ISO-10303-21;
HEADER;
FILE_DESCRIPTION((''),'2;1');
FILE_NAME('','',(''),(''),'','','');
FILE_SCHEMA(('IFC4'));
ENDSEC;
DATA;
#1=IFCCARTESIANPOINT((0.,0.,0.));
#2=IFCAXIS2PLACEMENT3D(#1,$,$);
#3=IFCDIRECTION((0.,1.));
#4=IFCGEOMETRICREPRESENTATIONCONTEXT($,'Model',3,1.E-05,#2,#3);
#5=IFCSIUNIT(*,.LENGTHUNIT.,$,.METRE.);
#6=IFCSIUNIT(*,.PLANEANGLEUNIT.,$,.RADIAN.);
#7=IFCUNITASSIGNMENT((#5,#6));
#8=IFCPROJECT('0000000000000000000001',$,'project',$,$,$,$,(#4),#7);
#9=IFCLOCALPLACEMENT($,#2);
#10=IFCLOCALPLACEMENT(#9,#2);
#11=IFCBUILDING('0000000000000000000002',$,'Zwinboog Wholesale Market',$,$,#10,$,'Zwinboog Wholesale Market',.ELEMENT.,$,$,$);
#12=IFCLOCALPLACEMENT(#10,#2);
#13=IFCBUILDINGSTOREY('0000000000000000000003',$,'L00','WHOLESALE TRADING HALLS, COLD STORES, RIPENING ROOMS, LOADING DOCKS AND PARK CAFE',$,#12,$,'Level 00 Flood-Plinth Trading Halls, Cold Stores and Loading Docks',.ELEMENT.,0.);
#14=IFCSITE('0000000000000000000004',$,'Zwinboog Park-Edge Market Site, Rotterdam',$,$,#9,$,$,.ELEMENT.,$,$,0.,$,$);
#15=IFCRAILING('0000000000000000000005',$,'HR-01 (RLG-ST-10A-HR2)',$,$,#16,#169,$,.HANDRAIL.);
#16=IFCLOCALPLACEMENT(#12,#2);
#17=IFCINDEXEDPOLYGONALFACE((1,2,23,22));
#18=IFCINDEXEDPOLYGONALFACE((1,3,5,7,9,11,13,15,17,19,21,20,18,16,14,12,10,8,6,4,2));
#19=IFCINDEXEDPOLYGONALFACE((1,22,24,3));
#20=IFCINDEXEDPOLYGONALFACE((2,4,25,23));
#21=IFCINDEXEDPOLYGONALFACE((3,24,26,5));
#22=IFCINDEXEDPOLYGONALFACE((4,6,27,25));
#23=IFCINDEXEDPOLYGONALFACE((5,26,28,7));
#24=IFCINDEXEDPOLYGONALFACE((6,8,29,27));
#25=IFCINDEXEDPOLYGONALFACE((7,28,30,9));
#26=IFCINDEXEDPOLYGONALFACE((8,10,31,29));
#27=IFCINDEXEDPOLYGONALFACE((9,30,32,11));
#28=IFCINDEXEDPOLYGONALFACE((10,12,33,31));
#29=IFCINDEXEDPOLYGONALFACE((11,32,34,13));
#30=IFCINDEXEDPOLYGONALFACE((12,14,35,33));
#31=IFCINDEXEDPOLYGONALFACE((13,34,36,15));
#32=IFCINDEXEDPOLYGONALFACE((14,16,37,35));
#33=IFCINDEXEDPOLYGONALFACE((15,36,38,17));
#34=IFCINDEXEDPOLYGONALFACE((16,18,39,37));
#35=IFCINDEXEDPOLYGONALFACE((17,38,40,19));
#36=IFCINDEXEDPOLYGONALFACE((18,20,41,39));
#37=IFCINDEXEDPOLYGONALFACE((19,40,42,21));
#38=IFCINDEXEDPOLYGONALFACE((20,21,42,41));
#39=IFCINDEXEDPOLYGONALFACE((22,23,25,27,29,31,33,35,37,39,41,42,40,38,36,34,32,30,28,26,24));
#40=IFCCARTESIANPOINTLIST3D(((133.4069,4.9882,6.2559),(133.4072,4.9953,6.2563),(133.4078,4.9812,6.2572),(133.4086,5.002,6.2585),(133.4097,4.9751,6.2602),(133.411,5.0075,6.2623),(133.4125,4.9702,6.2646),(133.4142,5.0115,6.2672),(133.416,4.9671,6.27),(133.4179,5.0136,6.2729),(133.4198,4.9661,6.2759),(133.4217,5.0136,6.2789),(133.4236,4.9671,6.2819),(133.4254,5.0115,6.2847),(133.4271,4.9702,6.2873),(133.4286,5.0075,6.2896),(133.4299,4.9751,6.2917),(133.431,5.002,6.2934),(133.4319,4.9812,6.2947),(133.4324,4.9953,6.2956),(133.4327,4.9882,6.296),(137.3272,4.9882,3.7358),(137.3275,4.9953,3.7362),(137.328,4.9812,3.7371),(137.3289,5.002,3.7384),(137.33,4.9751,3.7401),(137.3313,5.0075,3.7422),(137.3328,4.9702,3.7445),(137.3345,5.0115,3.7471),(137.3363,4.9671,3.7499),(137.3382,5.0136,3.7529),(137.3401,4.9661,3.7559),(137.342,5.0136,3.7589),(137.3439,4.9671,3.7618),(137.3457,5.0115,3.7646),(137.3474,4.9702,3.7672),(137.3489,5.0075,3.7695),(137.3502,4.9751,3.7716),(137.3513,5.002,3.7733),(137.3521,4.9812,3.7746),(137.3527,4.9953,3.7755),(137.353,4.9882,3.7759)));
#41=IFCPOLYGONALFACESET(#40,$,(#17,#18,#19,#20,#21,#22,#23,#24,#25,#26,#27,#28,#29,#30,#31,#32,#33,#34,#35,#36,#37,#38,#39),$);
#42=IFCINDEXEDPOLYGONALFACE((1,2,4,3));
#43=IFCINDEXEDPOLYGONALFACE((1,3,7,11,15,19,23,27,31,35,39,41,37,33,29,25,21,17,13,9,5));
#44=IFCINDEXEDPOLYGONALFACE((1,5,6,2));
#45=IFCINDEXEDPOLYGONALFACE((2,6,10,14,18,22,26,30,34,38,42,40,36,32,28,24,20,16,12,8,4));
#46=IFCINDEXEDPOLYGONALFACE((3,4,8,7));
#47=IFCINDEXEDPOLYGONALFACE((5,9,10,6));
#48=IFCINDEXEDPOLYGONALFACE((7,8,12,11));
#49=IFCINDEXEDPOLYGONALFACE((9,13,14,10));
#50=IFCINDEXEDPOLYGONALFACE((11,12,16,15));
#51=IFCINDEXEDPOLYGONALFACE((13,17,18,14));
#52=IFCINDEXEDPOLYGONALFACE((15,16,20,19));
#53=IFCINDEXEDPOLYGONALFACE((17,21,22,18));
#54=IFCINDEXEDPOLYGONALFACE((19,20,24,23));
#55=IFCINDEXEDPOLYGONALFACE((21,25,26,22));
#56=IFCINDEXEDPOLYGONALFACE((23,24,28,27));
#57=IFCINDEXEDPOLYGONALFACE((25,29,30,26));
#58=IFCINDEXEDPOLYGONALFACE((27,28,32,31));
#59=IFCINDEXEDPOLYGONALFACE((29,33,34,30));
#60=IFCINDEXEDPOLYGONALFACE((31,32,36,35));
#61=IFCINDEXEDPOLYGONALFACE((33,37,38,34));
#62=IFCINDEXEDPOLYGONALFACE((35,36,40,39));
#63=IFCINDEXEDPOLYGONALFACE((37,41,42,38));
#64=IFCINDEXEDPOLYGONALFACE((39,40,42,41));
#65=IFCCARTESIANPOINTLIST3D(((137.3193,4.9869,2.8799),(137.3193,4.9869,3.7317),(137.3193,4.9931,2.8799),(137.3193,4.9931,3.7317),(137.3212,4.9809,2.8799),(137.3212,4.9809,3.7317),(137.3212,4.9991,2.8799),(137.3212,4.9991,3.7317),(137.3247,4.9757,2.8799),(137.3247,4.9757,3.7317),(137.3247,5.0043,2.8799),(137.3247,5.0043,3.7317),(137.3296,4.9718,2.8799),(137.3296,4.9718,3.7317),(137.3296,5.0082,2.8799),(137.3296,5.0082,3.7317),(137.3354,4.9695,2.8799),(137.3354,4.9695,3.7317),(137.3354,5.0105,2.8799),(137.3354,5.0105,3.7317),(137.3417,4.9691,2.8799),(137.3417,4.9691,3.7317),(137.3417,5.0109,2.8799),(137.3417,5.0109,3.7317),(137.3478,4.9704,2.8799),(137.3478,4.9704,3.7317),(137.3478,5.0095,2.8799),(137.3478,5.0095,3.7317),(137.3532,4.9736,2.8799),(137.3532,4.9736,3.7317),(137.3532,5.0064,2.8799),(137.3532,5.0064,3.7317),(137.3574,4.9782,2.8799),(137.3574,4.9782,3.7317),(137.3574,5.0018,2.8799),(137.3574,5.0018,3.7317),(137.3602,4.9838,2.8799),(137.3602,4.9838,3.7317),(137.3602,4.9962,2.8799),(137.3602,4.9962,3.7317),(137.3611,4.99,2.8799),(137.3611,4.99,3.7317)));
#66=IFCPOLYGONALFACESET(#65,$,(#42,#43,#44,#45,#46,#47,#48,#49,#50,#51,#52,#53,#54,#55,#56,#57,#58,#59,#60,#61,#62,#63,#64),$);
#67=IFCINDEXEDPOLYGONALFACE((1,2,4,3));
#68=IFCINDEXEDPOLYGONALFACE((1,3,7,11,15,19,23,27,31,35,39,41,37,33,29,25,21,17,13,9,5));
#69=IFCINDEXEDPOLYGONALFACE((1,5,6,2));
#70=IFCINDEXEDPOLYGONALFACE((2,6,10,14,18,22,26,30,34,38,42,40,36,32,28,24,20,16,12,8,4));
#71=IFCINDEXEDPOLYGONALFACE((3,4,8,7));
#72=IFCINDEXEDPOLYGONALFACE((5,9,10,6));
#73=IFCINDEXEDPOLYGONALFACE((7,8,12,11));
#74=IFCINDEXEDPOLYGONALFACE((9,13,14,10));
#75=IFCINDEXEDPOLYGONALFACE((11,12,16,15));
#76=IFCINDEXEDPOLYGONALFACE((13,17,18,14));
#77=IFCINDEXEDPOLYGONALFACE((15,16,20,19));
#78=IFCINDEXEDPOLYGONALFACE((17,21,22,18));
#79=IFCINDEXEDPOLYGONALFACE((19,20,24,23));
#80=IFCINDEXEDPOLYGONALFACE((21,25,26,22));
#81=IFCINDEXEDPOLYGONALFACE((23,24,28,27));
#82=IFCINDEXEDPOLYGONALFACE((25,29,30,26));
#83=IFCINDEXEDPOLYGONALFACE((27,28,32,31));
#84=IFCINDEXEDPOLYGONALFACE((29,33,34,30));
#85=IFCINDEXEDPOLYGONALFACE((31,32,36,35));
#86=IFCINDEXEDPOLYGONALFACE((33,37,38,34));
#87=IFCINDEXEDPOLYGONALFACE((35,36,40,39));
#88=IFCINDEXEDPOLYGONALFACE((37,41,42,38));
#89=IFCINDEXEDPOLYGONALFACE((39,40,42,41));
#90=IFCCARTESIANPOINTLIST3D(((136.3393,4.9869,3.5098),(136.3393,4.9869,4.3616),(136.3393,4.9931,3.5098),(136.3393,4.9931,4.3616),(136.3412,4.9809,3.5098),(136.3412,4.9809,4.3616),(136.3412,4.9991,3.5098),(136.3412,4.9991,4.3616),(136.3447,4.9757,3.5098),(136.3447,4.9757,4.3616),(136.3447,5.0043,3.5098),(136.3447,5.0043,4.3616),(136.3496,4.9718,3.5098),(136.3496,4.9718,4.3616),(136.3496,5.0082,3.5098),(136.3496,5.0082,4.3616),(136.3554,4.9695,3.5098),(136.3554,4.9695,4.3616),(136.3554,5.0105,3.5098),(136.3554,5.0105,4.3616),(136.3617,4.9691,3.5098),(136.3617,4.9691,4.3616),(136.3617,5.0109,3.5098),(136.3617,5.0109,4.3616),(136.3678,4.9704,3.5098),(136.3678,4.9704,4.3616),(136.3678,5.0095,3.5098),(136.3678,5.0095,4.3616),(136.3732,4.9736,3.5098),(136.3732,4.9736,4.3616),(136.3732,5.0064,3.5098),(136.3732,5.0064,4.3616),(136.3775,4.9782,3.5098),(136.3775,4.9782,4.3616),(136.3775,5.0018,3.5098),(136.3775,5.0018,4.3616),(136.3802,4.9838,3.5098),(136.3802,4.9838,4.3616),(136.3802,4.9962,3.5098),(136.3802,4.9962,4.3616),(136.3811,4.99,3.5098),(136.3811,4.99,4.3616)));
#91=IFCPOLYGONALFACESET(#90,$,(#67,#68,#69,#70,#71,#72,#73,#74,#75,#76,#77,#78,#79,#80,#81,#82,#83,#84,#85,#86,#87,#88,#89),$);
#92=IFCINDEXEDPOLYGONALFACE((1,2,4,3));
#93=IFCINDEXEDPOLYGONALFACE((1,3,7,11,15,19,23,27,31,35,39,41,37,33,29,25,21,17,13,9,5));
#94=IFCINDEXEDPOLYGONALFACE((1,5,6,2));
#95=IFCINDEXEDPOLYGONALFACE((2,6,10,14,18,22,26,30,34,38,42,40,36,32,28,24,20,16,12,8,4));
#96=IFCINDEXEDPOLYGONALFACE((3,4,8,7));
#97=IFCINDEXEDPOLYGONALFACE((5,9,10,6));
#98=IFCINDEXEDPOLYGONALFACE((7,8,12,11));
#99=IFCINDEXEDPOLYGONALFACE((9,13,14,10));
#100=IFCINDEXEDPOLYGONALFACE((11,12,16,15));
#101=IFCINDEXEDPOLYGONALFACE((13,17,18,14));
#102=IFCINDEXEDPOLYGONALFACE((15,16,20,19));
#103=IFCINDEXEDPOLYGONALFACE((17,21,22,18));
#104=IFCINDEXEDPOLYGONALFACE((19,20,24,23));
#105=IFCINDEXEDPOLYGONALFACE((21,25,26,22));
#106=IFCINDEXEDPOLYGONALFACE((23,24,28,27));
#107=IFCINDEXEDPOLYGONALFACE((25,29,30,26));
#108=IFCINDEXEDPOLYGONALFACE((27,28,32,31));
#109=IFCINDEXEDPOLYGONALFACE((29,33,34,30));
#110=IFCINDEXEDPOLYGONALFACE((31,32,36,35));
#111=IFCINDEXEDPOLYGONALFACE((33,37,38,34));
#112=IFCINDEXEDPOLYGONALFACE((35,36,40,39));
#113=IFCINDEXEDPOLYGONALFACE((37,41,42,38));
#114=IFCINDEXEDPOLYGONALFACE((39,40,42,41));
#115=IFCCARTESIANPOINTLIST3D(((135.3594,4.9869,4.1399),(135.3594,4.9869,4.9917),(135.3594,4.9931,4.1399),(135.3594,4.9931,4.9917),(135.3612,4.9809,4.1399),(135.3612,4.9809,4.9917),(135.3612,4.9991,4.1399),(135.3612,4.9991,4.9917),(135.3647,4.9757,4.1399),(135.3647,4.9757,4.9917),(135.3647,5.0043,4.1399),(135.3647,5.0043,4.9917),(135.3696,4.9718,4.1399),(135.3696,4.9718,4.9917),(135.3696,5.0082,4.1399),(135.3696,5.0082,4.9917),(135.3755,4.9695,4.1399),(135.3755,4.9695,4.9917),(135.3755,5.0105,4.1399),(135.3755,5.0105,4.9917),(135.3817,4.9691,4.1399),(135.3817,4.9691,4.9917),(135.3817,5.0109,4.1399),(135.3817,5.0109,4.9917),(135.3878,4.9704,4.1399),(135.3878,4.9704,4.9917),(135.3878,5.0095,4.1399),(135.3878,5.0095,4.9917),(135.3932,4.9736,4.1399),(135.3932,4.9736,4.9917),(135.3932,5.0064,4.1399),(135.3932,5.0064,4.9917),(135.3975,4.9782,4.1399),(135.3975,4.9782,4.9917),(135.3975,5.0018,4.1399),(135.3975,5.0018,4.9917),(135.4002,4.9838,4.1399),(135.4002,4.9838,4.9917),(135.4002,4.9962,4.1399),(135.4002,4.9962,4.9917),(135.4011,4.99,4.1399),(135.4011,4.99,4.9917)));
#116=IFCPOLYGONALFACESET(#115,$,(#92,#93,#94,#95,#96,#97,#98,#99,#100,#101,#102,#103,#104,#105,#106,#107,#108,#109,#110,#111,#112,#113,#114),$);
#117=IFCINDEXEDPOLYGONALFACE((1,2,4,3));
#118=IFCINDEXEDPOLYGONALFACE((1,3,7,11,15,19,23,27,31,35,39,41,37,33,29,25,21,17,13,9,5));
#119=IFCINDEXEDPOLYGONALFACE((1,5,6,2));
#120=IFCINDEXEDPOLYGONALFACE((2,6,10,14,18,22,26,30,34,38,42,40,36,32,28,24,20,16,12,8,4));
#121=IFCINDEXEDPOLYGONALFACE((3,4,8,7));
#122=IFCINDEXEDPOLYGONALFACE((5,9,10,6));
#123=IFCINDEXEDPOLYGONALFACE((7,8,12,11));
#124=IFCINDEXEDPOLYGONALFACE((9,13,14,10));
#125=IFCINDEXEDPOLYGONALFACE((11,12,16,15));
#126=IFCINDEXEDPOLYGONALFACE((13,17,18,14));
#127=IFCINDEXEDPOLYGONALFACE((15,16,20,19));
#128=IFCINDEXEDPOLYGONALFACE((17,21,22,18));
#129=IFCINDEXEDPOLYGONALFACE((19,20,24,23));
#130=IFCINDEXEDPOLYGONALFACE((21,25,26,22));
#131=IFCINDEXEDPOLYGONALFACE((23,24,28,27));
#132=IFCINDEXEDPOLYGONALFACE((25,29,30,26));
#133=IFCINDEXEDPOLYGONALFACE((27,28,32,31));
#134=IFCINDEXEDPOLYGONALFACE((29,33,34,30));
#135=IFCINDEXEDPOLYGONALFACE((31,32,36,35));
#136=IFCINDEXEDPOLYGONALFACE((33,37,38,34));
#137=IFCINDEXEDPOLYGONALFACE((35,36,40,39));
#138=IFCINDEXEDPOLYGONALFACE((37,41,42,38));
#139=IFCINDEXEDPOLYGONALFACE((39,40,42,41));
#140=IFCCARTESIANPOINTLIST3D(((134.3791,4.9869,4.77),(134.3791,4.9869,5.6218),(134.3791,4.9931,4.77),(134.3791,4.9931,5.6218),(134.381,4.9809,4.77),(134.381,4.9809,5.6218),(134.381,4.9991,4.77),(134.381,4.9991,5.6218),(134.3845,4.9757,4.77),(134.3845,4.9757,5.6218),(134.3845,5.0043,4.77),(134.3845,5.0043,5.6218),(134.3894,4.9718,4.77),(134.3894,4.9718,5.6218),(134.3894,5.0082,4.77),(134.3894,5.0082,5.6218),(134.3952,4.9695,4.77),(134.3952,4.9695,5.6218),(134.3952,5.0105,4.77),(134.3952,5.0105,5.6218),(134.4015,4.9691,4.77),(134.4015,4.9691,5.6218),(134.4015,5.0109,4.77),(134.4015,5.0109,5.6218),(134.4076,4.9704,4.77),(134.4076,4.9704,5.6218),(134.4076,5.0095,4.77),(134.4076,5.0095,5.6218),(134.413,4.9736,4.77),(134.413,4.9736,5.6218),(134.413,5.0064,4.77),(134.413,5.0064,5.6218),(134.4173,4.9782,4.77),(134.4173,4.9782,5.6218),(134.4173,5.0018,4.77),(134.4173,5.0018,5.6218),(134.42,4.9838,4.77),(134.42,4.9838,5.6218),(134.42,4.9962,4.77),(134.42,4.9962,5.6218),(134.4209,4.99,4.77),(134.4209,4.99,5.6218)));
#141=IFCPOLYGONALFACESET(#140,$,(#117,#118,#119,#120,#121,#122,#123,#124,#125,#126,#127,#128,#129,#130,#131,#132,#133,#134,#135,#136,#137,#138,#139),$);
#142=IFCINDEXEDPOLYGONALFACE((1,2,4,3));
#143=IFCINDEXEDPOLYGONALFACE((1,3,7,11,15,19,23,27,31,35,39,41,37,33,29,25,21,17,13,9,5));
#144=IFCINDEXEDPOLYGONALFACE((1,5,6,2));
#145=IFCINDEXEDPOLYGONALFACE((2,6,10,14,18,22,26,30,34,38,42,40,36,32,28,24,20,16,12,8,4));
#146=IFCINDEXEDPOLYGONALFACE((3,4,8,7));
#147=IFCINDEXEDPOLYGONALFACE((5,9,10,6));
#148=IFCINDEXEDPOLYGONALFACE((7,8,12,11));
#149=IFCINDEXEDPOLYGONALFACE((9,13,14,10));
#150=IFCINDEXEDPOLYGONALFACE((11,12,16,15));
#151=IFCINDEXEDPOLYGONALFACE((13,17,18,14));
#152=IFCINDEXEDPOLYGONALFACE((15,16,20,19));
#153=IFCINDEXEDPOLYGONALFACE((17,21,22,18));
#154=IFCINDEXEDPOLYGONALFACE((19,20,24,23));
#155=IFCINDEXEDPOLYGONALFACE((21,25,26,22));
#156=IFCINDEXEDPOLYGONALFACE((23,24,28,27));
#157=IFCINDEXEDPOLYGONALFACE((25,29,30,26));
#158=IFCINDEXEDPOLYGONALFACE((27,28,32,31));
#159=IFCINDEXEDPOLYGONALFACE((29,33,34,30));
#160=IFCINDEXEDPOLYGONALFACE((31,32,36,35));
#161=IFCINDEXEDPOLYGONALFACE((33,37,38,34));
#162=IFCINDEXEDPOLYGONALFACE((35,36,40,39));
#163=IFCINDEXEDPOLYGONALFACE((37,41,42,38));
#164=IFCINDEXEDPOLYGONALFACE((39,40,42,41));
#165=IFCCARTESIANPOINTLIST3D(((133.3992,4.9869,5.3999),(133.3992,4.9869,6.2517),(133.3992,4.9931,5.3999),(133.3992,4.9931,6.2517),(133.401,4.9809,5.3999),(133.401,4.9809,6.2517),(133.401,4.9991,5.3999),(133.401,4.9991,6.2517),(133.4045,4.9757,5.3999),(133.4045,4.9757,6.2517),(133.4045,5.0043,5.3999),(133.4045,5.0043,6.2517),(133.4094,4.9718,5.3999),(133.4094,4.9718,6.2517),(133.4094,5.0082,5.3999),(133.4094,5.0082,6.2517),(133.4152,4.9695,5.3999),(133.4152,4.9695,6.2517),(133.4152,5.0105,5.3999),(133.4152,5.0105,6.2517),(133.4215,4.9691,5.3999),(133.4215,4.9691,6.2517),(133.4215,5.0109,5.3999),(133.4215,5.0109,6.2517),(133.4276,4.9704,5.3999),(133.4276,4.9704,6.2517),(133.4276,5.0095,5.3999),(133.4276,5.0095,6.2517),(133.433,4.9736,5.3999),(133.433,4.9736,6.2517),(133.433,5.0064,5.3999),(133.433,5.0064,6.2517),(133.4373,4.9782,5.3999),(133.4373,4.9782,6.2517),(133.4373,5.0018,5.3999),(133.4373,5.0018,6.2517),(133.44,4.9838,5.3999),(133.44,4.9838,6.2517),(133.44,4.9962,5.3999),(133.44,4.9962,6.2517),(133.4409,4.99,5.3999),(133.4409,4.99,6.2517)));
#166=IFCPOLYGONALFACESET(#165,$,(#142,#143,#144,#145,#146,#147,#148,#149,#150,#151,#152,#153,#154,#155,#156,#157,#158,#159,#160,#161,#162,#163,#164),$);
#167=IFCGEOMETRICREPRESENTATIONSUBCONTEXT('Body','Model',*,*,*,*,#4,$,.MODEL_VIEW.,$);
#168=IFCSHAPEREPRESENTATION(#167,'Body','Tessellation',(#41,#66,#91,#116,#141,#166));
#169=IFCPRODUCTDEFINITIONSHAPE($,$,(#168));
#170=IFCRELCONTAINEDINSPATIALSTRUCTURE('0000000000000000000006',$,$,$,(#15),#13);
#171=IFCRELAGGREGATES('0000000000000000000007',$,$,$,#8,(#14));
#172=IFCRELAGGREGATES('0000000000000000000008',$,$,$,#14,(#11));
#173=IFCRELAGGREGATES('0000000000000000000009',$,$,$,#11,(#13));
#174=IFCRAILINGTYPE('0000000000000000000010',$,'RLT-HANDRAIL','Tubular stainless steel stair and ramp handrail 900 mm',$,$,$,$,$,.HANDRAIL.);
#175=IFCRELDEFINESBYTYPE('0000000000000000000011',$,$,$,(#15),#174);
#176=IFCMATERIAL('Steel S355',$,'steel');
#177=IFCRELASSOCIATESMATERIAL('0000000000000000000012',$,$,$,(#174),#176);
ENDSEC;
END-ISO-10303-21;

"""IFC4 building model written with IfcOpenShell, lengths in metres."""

from ifc_helpers import new_model, si_unit, direction, frame, origin, origin_2d, place, context, subcontext, project, spatial, circle, extrude, material, type_object, element, save


model = new_model("IFC4")

# Units and contexts
model_context = context("Model", 3, precision=1e-05, world=origin(), true_north=direction((0.0, 1.0)))
body_context = subcontext(model_context, "Body", "Model", "MODEL_VIEW")
ifc_project = project(units=[si_unit("LENGTHUNIT", "METRE"), si_unit("PLANEANGLEUNIT", "RADIAN")], contexts=[model_context])

# Site, building, storey
site_placement = place(None, origin())
site = spatial("IfcSite", under=ifc_project, at=site_placement, Name="Zwinboog Park-Edge Market Site, Rotterdam", CompositionType="ELEMENT", RefElevation=0.0)
building_placement = place(site_placement, origin())
building = spatial("IfcBuilding", under=site, at=building_placement, Name="Zwinboog Wholesale Market", LongName="Zwinboog Wholesale Market", CompositionType="ELEMENT")
storey_placement = place(building_placement, origin())
storey = spatial("IfcBuildingStorey", under=building, at=storey_placement, Name="L00", Description="WHOLESALE TRADING HALLS, COLD STORES, RIPENING ROOMS, LOADING DOCKS AND PARK CAFE", LongName="Level 00 Flood-Plinth Trading Halls, Cold Stores and Loading Docks", CompositionType="ELEMENT", Elevation=0.0)

# Railing
ifc_material_1 = material(Name="Steel S355", Category="steel")
railing_type_1 = type_object("IfcRailingType", Name="RLT-HANDRAIL", Description="Tubular stainless steel stair and ramp handrail 900 mm", PredefinedType="HANDRAIL", material=ifc_material_1)
railing_1_placement = place(storey_placement, frame((137.3401, 4.99, 2.8799)))
element("IfcRailing", 1, at=railing_1_placement, inside=storey, type_object=railing_type_1, Name="HR-01 (RLG-ST-10A-HR2)", PredefinedType="HANDRAIL", context=body_context, shape_type="SweptSolid", body=[
    extrude(circle(Radius=0.0239, at=origin_2d()), frame((0.0, 0.0, 0.876), z_axis=(-0.841187, 0.0, 0.540744), x_axis=(0.0, -1.0, 0.0)), (0.0, 0.0, 1.0), 4.6604),
    extrude(circle(Radius=0.021, at=origin_2d()), origin(), (0.0, 0.0, 1.0), 0.8518),
    extrude(circle(Radius=0.021, at=origin_2d()), frame((-0.98, 0.0, 0.6299)), (0.0, 0.0, 1.0), 0.8518),
    extrude(circle(Radius=0.021, at=origin_2d()), frame((-1.96, 0.0, 1.26)), (0.0, 0.0, 1.0), 0.8518),
    extrude(circle(Radius=0.021, at=origin_2d()), frame((-2.9402, 0.0, 1.8901)), (0.0, 0.0, 1.0), 0.8518),
    extrude(circle(Radius=0.021, at=origin_2d()), frame((-3.9202, 0.0, 2.52)), (0.0, 0.0, 1.0), 0.8518),
])

save(model, "model.ifc")
